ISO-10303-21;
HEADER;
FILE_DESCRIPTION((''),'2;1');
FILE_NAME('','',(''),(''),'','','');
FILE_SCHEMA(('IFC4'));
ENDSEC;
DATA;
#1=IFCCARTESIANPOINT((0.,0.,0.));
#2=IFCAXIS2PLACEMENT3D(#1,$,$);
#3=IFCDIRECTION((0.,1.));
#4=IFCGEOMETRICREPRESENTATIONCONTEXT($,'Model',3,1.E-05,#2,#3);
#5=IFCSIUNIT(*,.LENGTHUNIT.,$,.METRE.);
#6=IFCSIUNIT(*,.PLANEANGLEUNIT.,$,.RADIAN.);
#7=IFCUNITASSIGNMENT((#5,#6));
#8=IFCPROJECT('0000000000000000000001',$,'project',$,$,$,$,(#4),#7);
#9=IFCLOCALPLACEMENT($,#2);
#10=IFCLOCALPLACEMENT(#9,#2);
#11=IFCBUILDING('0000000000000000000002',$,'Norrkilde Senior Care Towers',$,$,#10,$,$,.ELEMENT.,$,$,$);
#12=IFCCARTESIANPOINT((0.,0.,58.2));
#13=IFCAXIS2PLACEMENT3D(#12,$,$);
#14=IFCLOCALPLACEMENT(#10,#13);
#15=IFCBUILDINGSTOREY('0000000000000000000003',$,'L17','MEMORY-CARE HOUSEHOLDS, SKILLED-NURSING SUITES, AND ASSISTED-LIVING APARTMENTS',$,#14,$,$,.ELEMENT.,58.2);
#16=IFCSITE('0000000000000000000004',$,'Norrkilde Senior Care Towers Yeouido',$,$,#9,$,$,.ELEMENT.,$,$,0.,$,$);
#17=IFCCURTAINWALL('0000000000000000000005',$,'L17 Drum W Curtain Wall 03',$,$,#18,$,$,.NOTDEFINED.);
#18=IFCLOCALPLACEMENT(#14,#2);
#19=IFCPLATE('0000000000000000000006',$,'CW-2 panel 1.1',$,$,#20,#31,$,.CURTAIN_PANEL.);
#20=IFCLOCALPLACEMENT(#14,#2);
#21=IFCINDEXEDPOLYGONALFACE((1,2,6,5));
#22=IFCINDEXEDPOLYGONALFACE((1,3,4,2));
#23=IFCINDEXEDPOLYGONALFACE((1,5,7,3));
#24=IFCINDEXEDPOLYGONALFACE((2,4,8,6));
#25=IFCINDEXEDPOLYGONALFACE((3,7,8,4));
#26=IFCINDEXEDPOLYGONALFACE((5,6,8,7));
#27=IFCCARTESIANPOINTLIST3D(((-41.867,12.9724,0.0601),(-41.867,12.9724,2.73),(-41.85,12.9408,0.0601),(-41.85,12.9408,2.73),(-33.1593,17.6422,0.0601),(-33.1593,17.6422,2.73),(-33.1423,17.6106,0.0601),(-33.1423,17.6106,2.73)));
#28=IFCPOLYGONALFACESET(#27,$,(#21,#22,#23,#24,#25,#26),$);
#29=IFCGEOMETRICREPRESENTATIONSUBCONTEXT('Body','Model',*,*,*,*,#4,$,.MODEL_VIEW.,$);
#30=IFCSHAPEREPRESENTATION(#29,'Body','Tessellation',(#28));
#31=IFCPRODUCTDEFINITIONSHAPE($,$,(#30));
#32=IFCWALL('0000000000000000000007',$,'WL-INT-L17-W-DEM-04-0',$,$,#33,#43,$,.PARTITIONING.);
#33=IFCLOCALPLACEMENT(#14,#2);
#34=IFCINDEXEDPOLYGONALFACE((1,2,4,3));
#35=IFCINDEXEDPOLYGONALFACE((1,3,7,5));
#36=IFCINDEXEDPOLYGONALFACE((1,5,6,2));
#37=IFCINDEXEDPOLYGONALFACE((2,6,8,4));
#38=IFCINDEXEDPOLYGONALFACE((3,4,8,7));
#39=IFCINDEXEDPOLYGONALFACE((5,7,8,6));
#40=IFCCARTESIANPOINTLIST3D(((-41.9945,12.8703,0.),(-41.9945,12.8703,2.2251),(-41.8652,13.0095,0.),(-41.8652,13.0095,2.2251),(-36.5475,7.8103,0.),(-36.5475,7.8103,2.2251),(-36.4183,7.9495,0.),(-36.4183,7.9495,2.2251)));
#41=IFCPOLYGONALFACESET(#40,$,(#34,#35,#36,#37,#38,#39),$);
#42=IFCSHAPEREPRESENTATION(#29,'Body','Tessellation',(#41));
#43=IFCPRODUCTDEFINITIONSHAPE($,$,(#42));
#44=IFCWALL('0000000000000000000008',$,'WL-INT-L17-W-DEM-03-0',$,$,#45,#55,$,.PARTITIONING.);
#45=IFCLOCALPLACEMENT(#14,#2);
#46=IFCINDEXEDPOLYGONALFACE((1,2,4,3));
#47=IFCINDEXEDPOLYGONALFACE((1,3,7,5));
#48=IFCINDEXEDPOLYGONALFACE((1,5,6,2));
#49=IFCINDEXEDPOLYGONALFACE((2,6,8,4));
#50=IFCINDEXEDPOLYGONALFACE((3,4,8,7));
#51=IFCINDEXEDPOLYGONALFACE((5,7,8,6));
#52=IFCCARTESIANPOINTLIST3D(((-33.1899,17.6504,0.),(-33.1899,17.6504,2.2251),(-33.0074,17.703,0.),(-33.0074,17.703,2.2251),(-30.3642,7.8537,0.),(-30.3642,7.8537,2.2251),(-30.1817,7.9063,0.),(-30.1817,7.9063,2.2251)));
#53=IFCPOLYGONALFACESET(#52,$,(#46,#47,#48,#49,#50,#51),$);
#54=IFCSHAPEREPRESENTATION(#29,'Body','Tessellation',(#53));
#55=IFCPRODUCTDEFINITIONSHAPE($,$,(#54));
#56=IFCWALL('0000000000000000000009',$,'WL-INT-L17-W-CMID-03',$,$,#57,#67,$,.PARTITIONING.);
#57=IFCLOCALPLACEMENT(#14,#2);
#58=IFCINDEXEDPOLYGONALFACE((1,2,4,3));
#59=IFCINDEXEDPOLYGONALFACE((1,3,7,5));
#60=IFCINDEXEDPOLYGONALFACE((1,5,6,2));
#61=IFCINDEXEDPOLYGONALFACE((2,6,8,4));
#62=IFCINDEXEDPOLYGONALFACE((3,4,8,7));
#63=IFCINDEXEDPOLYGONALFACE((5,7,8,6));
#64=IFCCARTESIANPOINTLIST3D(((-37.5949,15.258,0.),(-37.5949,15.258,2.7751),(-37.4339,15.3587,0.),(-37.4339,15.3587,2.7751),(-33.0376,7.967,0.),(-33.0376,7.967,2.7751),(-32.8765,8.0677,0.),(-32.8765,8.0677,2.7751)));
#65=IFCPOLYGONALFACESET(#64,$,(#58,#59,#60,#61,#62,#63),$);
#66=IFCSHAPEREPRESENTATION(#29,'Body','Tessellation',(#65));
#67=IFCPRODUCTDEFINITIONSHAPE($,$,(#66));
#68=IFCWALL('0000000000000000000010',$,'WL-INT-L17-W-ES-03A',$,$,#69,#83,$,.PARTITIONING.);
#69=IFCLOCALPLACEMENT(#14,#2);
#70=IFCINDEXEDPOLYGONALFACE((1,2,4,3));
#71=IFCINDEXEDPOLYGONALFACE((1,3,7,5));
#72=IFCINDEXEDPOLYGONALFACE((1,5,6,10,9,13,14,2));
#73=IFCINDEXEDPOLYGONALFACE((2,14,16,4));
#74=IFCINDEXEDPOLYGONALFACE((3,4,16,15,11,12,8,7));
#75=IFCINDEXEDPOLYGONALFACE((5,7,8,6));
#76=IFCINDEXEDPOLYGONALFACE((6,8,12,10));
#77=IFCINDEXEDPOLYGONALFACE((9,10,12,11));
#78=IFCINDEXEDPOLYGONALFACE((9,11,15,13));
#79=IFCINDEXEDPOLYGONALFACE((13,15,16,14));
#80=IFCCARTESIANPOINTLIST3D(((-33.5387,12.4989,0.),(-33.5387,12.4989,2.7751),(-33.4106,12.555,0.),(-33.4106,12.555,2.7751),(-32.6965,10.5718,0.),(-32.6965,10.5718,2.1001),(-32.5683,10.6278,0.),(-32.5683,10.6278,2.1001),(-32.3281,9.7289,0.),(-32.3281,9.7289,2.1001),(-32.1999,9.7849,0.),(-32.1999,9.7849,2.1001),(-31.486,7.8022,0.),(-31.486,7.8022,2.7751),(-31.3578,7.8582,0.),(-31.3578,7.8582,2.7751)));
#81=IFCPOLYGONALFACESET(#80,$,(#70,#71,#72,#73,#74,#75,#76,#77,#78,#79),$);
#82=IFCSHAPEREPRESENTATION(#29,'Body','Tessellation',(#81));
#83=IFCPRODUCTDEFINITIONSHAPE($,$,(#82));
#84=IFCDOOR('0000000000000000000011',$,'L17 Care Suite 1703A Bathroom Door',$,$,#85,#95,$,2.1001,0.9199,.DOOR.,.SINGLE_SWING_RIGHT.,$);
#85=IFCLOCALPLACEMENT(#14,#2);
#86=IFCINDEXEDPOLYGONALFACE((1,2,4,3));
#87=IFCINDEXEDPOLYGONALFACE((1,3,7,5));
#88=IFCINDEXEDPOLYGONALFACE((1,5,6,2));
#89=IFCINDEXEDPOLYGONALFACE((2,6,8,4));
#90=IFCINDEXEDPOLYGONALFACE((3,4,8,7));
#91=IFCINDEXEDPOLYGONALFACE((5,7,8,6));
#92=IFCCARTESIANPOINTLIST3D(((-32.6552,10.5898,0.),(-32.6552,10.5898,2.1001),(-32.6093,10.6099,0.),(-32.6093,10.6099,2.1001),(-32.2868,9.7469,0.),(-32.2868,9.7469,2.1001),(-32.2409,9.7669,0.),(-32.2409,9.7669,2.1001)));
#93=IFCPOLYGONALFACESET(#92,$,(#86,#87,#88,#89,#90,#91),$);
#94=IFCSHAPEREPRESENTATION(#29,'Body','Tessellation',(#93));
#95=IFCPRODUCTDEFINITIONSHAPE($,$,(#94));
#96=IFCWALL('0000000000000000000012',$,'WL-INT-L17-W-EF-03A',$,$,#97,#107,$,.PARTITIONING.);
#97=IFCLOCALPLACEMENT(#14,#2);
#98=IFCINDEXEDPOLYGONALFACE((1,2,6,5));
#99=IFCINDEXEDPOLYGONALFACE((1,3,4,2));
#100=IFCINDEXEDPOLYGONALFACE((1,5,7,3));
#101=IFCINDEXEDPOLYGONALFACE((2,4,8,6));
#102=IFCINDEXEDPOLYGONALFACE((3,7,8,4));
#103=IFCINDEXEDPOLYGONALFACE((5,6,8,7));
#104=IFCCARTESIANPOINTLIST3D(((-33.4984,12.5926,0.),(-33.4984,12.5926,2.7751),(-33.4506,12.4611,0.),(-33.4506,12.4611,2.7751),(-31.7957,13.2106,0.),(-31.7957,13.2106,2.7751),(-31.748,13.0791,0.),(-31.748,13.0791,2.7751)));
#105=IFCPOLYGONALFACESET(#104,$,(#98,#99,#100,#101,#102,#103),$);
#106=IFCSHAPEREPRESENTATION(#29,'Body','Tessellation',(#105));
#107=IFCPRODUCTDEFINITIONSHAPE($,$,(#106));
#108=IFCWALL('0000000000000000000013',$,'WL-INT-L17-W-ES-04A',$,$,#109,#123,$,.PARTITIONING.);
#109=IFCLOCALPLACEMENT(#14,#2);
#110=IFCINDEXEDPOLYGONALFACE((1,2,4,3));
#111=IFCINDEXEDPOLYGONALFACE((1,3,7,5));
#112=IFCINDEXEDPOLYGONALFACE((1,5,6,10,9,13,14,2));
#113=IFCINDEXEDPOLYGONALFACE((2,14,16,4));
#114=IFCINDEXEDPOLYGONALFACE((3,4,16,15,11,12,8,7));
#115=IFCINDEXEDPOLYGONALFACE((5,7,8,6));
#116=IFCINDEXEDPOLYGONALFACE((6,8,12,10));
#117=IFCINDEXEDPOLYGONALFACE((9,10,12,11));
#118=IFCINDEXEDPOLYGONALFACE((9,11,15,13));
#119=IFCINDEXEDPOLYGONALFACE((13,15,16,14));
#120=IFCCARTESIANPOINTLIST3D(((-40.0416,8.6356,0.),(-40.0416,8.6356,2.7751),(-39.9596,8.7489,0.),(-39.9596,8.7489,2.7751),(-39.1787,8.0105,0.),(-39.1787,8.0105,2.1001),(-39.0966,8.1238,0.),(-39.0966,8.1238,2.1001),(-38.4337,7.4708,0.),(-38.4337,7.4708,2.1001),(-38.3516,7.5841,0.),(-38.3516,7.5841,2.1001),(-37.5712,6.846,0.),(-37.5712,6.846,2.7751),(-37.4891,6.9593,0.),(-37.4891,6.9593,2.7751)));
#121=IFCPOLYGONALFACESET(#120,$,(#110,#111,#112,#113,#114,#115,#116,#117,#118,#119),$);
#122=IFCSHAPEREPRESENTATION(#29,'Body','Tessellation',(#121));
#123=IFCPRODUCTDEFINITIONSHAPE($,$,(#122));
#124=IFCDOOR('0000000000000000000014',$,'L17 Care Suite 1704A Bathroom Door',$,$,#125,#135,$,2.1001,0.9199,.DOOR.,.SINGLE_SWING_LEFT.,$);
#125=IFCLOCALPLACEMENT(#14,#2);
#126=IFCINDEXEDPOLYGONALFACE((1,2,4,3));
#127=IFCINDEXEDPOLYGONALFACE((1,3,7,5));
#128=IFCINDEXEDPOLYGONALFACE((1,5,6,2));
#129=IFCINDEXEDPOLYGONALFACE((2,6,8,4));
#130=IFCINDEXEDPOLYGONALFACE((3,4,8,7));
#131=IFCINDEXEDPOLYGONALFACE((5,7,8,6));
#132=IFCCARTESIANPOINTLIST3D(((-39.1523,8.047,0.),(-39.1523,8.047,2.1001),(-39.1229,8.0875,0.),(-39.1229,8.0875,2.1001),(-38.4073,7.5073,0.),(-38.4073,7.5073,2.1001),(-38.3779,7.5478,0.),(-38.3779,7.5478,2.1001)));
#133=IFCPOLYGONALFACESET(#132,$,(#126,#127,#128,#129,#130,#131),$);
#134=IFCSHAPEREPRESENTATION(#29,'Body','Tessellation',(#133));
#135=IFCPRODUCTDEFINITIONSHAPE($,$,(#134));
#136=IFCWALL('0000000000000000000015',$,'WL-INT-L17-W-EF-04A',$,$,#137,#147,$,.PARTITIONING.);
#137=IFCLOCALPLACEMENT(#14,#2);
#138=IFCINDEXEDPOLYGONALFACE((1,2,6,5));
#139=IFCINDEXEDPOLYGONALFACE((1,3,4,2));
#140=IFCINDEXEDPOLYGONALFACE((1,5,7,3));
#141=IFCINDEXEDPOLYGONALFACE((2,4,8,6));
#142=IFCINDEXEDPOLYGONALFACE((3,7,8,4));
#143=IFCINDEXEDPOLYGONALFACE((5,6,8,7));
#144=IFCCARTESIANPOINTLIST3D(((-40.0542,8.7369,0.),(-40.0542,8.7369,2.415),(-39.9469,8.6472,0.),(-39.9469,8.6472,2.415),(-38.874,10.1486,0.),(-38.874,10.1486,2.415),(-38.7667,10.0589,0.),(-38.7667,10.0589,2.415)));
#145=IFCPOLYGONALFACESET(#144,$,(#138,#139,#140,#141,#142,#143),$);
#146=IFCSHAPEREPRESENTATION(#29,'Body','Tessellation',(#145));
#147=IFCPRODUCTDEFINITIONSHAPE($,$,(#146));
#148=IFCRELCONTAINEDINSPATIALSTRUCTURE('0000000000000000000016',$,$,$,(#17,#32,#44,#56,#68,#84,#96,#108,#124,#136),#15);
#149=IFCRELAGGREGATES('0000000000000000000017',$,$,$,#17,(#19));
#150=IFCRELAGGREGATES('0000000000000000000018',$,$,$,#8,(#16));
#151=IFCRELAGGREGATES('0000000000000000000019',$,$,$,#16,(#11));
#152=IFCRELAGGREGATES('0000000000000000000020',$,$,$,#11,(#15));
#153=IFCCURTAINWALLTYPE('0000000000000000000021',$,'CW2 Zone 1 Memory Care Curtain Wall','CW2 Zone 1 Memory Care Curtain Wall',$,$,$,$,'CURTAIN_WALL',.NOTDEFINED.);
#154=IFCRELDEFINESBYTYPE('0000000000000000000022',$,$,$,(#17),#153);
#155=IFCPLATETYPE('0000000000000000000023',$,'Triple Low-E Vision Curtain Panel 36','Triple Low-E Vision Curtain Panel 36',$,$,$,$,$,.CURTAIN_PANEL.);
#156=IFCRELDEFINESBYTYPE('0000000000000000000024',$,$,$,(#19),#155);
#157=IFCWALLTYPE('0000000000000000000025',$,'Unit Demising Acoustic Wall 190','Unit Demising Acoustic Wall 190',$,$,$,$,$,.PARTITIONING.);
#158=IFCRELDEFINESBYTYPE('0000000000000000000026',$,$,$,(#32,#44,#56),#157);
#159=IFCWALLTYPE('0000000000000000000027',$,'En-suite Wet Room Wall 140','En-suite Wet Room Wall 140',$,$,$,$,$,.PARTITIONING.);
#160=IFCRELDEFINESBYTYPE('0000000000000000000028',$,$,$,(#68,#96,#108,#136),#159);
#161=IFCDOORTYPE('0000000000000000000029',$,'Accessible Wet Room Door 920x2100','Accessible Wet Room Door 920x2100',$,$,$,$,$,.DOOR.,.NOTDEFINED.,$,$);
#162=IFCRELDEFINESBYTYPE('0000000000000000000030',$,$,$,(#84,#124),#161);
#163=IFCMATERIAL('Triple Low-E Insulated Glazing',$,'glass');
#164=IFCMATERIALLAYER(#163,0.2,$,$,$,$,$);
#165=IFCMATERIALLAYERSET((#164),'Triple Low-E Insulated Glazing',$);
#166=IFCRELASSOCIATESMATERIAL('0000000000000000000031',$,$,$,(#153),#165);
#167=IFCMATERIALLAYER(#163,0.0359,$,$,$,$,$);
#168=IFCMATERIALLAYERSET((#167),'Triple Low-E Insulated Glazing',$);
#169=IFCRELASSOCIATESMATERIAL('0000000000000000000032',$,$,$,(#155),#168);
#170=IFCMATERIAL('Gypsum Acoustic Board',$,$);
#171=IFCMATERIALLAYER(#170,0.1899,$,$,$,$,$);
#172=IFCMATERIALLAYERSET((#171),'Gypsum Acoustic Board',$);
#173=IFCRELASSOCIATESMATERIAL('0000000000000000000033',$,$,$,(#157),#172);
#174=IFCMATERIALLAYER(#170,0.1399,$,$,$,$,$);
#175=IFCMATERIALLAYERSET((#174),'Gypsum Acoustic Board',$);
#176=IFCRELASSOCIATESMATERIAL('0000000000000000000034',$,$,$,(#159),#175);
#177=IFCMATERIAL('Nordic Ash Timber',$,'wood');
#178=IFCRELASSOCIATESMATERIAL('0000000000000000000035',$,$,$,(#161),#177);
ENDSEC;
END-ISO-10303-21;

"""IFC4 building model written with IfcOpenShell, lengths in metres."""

from ifc_helpers import new_model, si_unit, direction, frame, frame_2d, origin, origin_2d, place, context, subcontext, project, spatial, rectangle, extrude, source, transform, mapped, material, layer, layer_set, type_object, type_shapes, element, fill, aggregate, save


model = new_model("IFC4")

# Units and contexts
model_context = context("Model", 3, precision=1e-05, world=origin(), true_north=direction((0.0, 1.0)))
body_context = subcontext(model_context, "Body", "Model", "MODEL_VIEW")
ifc_project = project(units=[si_unit("LENGTHUNIT", "METRE"), si_unit("PLANEANGLEUNIT", "RADIAN")], contexts=[model_context])

# Site, building, storey
site_placement = place(None, origin())
site = spatial("IfcSite", under=ifc_project, at=site_placement, Name="Norrkilde Senior Care Towers Yeouido", CompositionType="ELEMENT", RefElevation=0.0)
building_placement = place(site_placement, origin())
building = spatial("IfcBuilding", under=site, at=building_placement, Name="Norrkilde Senior Care Towers", CompositionType="ELEMENT")
storey_placement = place(building_placement, frame((0.0, 0.0, 58.2)))
storey = spatial("IfcBuildingStorey", under=building, at=storey_placement, Name="L17", Description="MEMORY-CARE HOUSEHOLDS, SKILLED-NURSING SUITES, AND ASSISTED-LIVING APARTMENTS", CompositionType="ELEMENT", Elevation=58.2)

# Shared definitions
ifc_material_1 = material(Name="Triple Low-E Insulated Glazing", Category="glass")
ifc_layer_1 = layer(ifc_material_1, 0.2)
ifc_layer_set_1 = layer_set([ifc_layer_1], Name="Triple Low-E Insulated Glazing")
curtain_wall_type = type_object("IfcCurtainWallType", Name="CW2 Zone 1 Memory Care Curtain Wall", Description="CW2 Zone 1 Memory Care Curtain Wall", ElementType="CURTAIN_WALL", PredefinedType="NOTDEFINED", material=ifc_layer_set_1)

# Curtain wall
curtain_wall_1_placement = place(storey_placement, origin())
curtain_wall_1 = element("IfcCurtainWall", 1, at=curtain_wall_1_placement, inside=storey, type_object=curtain_wall_type, Name="L17 Drum W Curtain Wall 03", PredefinedType="NOTDEFINED")

# Plate
ifc_layer_2 = layer(ifc_material_1, 0.0359)
ifc_layer_set_2 = layer_set([ifc_layer_2], Name="Triple Low-E Insulated Glazing")
plate_type = type_object("IfcPlateType", Name="Triple Low-E Vision Curtain Panel 36", Description="Triple Low-E Vision Curtain Panel 36", PredefinedType="CURTAIN_PANEL", material=ifc_layer_set_2)
shared_shape_1 = source(origin(), body_context, "Body", "SweptSolid", [
    extrude(rectangle(XDim=9.8809, YDim=0.0359, at=origin_2d()), origin(), (0.0, 0.0, 1.0), 2.6699),
])
plate_1_placement = place(storey_placement, frame((-37.5046, 15.2915, 0.0601), z_axis=(0.0, 0.0, 1.0), x_axis=(0.881273, 0.472608, 0.0)))
plate_1 = element("IfcPlate", 2, at=plate_1_placement, type_object=plate_type, Name="CW-2 panel 1.1", PredefinedType="CURTAIN_PANEL", context=body_context, shape_type="MappedRepresentation", body=[
    mapped(shared_shape_1, transform((0.0, 0.0, 0.0), x_axis=(1.0, 0.0, 0.0), y_axis=(0.0, 1.0, 0.0), z_axis=(0.0, 0.0, 1.0), scale=1.0)),
])
aggregate(curtain_wall_1, [plate_1])

# Shared definitions
ifc_material_2 = material(Name="Gypsum Acoustic Board")
ifc_material_3 = material(Name="Nordic Ash Timber", Category="wood")

# Walls
ifc_layer_3 = layer(ifc_material_2, 0.1899)
ifc_layer_set_3 = layer_set([ifc_layer_3], Name="Gypsum Acoustic Board")
wall_type_1 = type_object("IfcWallType", Name="Unit Demising Acoustic Wall 190", Description="Unit Demising Acoustic Wall 190", PredefinedType="PARTITIONING", material=ifc_layer_set_3)
shared_shape_2 = source(origin(), body_context, "Body", "SweptSolid", [
    extrude(rectangle(XDim=7.4346, YDim=0.1899, at=frame_2d((3.7173, 0.0))), origin(), (0.0, 0.0, 1.0), 2.2251),
])
wall_1_placement = place(storey_placement, frame((-36.4829, 7.8799, 0.0), z_axis=(0.0, 0.0, 1.0), x_axis=(-0.732652, 0.680603, 0.0)))
element("IfcWall", 3, at=wall_1_placement, inside=storey, type_object=wall_type_1, Name="WL-INT-L17-W-DEM-04-0", PredefinedType="PARTITIONING", context=body_context, shape_type="MappedRepresentation", body=[
    mapped(shared_shape_2, transform((0.0, 0.0, 0.0), x_axis=(1.0, 0.0, 0.0), y_axis=(0.0, 1.0, 0.0), z_axis=(0.0, 0.0, 1.0), scale=1.0)),
])
shared_shape_3 = source(origin(), body_context, "Body", "SweptSolid", [
    extrude(rectangle(XDim=10.196, YDim=0.1899, at=frame_2d((5.0981, 0.0))), origin(), (0.0, 0.0, 1.0), 2.2251),
])
wall_2_placement = place(storey_placement, frame((-30.2729, 7.8799, 0.0), z_axis=(0.0, 0.0, 1.0), x_axis=(-0.277136, 0.960831, 0.0)))
element("IfcWall", 4, at=wall_2_placement, inside=storey, type_object=wall_type_1, Name="WL-INT-L17-W-DEM-03-0", PredefinedType="PARTITIONING", context=body_context, shape_type="MappedRepresentation", body=[
    mapped(shared_shape_3, transform((0.0, 0.0, 0.0), x_axis=(1.0, 0.0, 0.0), y_axis=(0.0, 1.0, 0.0), z_axis=(0.0, 0.0, 1.0), scale=1.0)),
])
shared_shape_4 = source(origin(), body_context, "Body", "SweptSolid", [
    extrude(rectangle(XDim=8.5981, YDim=0.1899, at=frame_2d((4.2991, 0.0))), origin(), (0.0, 0.0, 1.0), 2.7751),
])
type_shapes(wall_type_1, [shared_shape_2, shared_shape_3, shared_shape_4])
wall_3_placement = place(storey_placement, frame((-32.957, 8.0173, 0.0), z_axis=(0.0, 0.0, 1.0), x_axis=(-0.53004, 0.847973, 0.0)))
element("IfcWall", 5, at=wall_3_placement, inside=storey, type_object=wall_type_1, Name="WL-INT-L17-W-CMID-03", PredefinedType="PARTITIONING", context=body_context, shape_type="MappedRepresentation", body=[
    mapped(shared_shape_4, transform((0.0, 0.0, 0.0), x_axis=(1.0, 0.0, 0.0), y_axis=(0.0, 1.0, 0.0), z_axis=(0.0, 0.0, 1.0), scale=1.0)),
])

# Wall, opening, door
ifc_layer_4 = layer(ifc_material_2, 0.1399)
ifc_layer_set_4 = layer_set([ifc_layer_4], Name="Gypsum Acoustic Board")
wall_type_2 = type_object("IfcWallType", Name="En-suite Wet Room Wall 140", Description="En-suite Wet Room Wall 140", PredefinedType="PARTITIONING", material=ifc_layer_set_4)
shared_shape_5 = source(origin(), body_context, "Body", "SweptSolid", [
    extrude(rectangle(XDim=5.1257, YDim=0.1399, at=frame_2d((2.563, 0.0))), origin(), (0.0, 0.0, 1.0), 2.7751),
])
wall_4_placement = place(storey_placement, frame((-31.4219, 7.8301, 0.0), z_axis=(0.0, 0.0, 1.0), x_axis=(-0.400474, 0.916308, 0.0)))
wall_4 = element("IfcWall", 6, at=wall_4_placement, inside=storey, type_object=wall_type_2, Name="WL-INT-L17-W-ES-03A", PredefinedType="PARTITIONING", context=body_context, shape_type="MappedRepresentation", body=[
    mapped(shared_shape_5, transform((0.0, 0.0, 0.0), x_axis=(1.0, 0.0, 0.0), y_axis=(0.0, 1.0, 0.0), z_axis=(0.0, 0.0, 1.0), scale=1.0)),
])
opening_1_placement = place(wall_4_placement, frame((2.1028, 0.0, 0.0)))
opening_1 = element("IfcOpeningElement", 7, at=opening_1_placement, cuts=wall_4, PredefinedType="OPENING", context=body_context, shape_type="SweptSolid", body=[
    extrude(rectangle(XDim=0.9199, YDim=2.1001, at=frame_2d((0.46, 1.05))), frame((0.0, 0.0798, 0.0), z_axis=(0.0, -1.0, 0.0), x_axis=(1.0, 0.0, 0.0)), (0.0, 0.0, 1.0), 0.1599),
])
door_type_1 = type_object("IfcDoorType", Name="Accessible Wet Room Door 920x2100", Description="Accessible Wet Room Door 920x2100", OperationType="NOTDEFINED", PredefinedType="DOOR", material=ifc_material_3)
shared_shape_6 = source(origin(), body_context, "Body", "SweptSolid", [
    extrude(rectangle(XDim=0.9199, YDim=2.1001, at=frame_2d((0.46, 1.05))), frame((0.0, 0.0249, 0.0), z_axis=(0.0, -1.0, 0.0), x_axis=(1.0, 0.0, 0.0)), (0.0, 0.0, 1.0), 0.05),
])
type_shapes(door_type_1, [shared_shape_6])
door_1_placement = place(opening_1_placement, origin())
door_1 = element("IfcDoor", 8, at=door_1_placement, inside=storey, type_object=door_type_1, Name="L17 Care Suite 1703A Bathroom Door", OperationType="SINGLE_SWING_RIGHT", OverallHeight=2.1001, OverallWidth=0.9199, PredefinedType="DOOR", context=body_context, shape_type="MappedRepresentation", body=[
    mapped(shared_shape_6, transform((0.0, 0.0, 0.0), x_axis=(1.0, 0.0, 0.0), y_axis=(0.0, 1.0, 0.0), z_axis=(0.0, 0.0, 1.0), scale=1.0)),
])
fill(opening_1, door_1)

# Wall
shared_shape_7 = source(origin(), body_context, "Body", "SweptSolid", [
    extrude(rectangle(XDim=1.8113, YDim=0.1399, at=frame_2d((0.9058, 0.0))), origin(), (0.0, 0.0, 1.0), 2.7751),
])
wall_5_placement = place(storey_placement, frame((-33.4746, 12.5269, 0.0), z_axis=(0.0, 0.0, 1.0), x_axis=(0.94001, 0.341148, 0.0)))
element("IfcWall", 9, at=wall_5_placement, inside=storey, type_object=wall_type_2, Name="WL-INT-L17-W-EF-03A", PredefinedType="PARTITIONING", context=body_context, shape_type="MappedRepresentation", body=[
    mapped(shared_shape_7, transform((0.0, 0.0, 0.0), x_axis=(1.0, 0.0, 0.0), y_axis=(0.0, 1.0, 0.0), z_axis=(0.0, 0.0, 1.0), scale=1.0)),
])

# Wall, opening, door
shared_shape_8 = source(origin(), body_context, "Body", "SweptSolid", [
    extrude(rectangle(XDim=3.0505, YDim=0.1399, at=frame_2d((1.5254, 0.0))), origin(), (0.0, 0.0, 1.0), 2.7751),
])
wall_6_placement = place(storey_placement, frame((-37.53, 6.9026, 0.0), z_axis=(0.0, 0.0, 1.0), x_axis=(-0.809849, 0.586638, 0.0)))
wall_6 = element("IfcWall", 10, at=wall_6_placement, inside=storey, type_object=wall_type_2, Name="WL-INT-L17-W-ES-04A", PredefinedType="PARTITIONING", context=body_context, shape_type="MappedRepresentation", body=[
    mapped(shared_shape_8, transform((0.0, 0.0, 0.0), x_axis=(1.0, 0.0, 0.0), y_axis=(0.0, 1.0, 0.0), z_axis=(0.0, 0.0, 1.0), scale=1.0)),
])
opening_2_placement = place(wall_6_placement, frame((1.0652, 0.0, 0.0)))
opening_2 = element("IfcOpeningElement", 11, at=opening_2_placement, cuts=wall_6, PredefinedType="OPENING", context=body_context, shape_type="SweptSolid", body=[
    extrude(rectangle(XDim=0.9199, YDim=2.1001, at=frame_2d((0.46, 1.05))), frame((0.0, 0.0798, 0.0), z_axis=(0.0, -1.0, 0.0), x_axis=(1.0, 0.0, 0.0)), (0.0, 0.0, 1.0), 0.1599),
])
door_2_placement = place(opening_2_placement, origin())
door_2 = element("IfcDoor", 12, at=door_2_placement, inside=storey, type_object=door_type_1, Name="L17 Care Suite 1704A Bathroom Door", OperationType="SINGLE_SWING_LEFT", OverallHeight=2.1001, OverallWidth=0.9199, PredefinedType="DOOR", context=body_context, shape_type="MappedRepresentation", body=[
    mapped(shared_shape_6, transform((0.0, 0.0, 0.0), x_axis=(1.0, 0.0, 0.0), y_axis=(0.0, 1.0, 0.0), z_axis=(0.0, 0.0, 1.0), scale=1.0)),
])
fill(opening_2, door_2)

# Wall
shared_shape_9 = source(origin(), body_context, "Body", "SweptSolid", [
    extrude(rectangle(XDim=1.8401, YDim=0.1399, at=frame_2d((0.9199, 0.0))), origin(), (0.0, 0.0, 1.0), 2.415),
])
type_shapes(wall_type_2, [shared_shape_5, shared_shape_7, shared_shape_8, shared_shape_9])
wall_7_placement = place(storey_placement, frame((-40.0005, 8.6921, 0.0), z_axis=(0.0, 0.0, 1.0), x_axis=(0.64141, 0.767198, 0.0)))
element("IfcWall", 13, at=wall_7_placement, inside=storey, type_object=wall_type_2, Name="WL-INT-L17-W-EF-04A", PredefinedType="PARTITIONING", context=body_context, shape_type="MappedRepresentation", body=[
    mapped(shared_shape_9, transform((0.0, 0.0, 0.0), x_axis=(1.0, 0.0, 0.0), y_axis=(0.0, 1.0, 0.0), z_axis=(0.0, 0.0, 1.0), scale=1.0)),
])

save(model, "model.ifc")
